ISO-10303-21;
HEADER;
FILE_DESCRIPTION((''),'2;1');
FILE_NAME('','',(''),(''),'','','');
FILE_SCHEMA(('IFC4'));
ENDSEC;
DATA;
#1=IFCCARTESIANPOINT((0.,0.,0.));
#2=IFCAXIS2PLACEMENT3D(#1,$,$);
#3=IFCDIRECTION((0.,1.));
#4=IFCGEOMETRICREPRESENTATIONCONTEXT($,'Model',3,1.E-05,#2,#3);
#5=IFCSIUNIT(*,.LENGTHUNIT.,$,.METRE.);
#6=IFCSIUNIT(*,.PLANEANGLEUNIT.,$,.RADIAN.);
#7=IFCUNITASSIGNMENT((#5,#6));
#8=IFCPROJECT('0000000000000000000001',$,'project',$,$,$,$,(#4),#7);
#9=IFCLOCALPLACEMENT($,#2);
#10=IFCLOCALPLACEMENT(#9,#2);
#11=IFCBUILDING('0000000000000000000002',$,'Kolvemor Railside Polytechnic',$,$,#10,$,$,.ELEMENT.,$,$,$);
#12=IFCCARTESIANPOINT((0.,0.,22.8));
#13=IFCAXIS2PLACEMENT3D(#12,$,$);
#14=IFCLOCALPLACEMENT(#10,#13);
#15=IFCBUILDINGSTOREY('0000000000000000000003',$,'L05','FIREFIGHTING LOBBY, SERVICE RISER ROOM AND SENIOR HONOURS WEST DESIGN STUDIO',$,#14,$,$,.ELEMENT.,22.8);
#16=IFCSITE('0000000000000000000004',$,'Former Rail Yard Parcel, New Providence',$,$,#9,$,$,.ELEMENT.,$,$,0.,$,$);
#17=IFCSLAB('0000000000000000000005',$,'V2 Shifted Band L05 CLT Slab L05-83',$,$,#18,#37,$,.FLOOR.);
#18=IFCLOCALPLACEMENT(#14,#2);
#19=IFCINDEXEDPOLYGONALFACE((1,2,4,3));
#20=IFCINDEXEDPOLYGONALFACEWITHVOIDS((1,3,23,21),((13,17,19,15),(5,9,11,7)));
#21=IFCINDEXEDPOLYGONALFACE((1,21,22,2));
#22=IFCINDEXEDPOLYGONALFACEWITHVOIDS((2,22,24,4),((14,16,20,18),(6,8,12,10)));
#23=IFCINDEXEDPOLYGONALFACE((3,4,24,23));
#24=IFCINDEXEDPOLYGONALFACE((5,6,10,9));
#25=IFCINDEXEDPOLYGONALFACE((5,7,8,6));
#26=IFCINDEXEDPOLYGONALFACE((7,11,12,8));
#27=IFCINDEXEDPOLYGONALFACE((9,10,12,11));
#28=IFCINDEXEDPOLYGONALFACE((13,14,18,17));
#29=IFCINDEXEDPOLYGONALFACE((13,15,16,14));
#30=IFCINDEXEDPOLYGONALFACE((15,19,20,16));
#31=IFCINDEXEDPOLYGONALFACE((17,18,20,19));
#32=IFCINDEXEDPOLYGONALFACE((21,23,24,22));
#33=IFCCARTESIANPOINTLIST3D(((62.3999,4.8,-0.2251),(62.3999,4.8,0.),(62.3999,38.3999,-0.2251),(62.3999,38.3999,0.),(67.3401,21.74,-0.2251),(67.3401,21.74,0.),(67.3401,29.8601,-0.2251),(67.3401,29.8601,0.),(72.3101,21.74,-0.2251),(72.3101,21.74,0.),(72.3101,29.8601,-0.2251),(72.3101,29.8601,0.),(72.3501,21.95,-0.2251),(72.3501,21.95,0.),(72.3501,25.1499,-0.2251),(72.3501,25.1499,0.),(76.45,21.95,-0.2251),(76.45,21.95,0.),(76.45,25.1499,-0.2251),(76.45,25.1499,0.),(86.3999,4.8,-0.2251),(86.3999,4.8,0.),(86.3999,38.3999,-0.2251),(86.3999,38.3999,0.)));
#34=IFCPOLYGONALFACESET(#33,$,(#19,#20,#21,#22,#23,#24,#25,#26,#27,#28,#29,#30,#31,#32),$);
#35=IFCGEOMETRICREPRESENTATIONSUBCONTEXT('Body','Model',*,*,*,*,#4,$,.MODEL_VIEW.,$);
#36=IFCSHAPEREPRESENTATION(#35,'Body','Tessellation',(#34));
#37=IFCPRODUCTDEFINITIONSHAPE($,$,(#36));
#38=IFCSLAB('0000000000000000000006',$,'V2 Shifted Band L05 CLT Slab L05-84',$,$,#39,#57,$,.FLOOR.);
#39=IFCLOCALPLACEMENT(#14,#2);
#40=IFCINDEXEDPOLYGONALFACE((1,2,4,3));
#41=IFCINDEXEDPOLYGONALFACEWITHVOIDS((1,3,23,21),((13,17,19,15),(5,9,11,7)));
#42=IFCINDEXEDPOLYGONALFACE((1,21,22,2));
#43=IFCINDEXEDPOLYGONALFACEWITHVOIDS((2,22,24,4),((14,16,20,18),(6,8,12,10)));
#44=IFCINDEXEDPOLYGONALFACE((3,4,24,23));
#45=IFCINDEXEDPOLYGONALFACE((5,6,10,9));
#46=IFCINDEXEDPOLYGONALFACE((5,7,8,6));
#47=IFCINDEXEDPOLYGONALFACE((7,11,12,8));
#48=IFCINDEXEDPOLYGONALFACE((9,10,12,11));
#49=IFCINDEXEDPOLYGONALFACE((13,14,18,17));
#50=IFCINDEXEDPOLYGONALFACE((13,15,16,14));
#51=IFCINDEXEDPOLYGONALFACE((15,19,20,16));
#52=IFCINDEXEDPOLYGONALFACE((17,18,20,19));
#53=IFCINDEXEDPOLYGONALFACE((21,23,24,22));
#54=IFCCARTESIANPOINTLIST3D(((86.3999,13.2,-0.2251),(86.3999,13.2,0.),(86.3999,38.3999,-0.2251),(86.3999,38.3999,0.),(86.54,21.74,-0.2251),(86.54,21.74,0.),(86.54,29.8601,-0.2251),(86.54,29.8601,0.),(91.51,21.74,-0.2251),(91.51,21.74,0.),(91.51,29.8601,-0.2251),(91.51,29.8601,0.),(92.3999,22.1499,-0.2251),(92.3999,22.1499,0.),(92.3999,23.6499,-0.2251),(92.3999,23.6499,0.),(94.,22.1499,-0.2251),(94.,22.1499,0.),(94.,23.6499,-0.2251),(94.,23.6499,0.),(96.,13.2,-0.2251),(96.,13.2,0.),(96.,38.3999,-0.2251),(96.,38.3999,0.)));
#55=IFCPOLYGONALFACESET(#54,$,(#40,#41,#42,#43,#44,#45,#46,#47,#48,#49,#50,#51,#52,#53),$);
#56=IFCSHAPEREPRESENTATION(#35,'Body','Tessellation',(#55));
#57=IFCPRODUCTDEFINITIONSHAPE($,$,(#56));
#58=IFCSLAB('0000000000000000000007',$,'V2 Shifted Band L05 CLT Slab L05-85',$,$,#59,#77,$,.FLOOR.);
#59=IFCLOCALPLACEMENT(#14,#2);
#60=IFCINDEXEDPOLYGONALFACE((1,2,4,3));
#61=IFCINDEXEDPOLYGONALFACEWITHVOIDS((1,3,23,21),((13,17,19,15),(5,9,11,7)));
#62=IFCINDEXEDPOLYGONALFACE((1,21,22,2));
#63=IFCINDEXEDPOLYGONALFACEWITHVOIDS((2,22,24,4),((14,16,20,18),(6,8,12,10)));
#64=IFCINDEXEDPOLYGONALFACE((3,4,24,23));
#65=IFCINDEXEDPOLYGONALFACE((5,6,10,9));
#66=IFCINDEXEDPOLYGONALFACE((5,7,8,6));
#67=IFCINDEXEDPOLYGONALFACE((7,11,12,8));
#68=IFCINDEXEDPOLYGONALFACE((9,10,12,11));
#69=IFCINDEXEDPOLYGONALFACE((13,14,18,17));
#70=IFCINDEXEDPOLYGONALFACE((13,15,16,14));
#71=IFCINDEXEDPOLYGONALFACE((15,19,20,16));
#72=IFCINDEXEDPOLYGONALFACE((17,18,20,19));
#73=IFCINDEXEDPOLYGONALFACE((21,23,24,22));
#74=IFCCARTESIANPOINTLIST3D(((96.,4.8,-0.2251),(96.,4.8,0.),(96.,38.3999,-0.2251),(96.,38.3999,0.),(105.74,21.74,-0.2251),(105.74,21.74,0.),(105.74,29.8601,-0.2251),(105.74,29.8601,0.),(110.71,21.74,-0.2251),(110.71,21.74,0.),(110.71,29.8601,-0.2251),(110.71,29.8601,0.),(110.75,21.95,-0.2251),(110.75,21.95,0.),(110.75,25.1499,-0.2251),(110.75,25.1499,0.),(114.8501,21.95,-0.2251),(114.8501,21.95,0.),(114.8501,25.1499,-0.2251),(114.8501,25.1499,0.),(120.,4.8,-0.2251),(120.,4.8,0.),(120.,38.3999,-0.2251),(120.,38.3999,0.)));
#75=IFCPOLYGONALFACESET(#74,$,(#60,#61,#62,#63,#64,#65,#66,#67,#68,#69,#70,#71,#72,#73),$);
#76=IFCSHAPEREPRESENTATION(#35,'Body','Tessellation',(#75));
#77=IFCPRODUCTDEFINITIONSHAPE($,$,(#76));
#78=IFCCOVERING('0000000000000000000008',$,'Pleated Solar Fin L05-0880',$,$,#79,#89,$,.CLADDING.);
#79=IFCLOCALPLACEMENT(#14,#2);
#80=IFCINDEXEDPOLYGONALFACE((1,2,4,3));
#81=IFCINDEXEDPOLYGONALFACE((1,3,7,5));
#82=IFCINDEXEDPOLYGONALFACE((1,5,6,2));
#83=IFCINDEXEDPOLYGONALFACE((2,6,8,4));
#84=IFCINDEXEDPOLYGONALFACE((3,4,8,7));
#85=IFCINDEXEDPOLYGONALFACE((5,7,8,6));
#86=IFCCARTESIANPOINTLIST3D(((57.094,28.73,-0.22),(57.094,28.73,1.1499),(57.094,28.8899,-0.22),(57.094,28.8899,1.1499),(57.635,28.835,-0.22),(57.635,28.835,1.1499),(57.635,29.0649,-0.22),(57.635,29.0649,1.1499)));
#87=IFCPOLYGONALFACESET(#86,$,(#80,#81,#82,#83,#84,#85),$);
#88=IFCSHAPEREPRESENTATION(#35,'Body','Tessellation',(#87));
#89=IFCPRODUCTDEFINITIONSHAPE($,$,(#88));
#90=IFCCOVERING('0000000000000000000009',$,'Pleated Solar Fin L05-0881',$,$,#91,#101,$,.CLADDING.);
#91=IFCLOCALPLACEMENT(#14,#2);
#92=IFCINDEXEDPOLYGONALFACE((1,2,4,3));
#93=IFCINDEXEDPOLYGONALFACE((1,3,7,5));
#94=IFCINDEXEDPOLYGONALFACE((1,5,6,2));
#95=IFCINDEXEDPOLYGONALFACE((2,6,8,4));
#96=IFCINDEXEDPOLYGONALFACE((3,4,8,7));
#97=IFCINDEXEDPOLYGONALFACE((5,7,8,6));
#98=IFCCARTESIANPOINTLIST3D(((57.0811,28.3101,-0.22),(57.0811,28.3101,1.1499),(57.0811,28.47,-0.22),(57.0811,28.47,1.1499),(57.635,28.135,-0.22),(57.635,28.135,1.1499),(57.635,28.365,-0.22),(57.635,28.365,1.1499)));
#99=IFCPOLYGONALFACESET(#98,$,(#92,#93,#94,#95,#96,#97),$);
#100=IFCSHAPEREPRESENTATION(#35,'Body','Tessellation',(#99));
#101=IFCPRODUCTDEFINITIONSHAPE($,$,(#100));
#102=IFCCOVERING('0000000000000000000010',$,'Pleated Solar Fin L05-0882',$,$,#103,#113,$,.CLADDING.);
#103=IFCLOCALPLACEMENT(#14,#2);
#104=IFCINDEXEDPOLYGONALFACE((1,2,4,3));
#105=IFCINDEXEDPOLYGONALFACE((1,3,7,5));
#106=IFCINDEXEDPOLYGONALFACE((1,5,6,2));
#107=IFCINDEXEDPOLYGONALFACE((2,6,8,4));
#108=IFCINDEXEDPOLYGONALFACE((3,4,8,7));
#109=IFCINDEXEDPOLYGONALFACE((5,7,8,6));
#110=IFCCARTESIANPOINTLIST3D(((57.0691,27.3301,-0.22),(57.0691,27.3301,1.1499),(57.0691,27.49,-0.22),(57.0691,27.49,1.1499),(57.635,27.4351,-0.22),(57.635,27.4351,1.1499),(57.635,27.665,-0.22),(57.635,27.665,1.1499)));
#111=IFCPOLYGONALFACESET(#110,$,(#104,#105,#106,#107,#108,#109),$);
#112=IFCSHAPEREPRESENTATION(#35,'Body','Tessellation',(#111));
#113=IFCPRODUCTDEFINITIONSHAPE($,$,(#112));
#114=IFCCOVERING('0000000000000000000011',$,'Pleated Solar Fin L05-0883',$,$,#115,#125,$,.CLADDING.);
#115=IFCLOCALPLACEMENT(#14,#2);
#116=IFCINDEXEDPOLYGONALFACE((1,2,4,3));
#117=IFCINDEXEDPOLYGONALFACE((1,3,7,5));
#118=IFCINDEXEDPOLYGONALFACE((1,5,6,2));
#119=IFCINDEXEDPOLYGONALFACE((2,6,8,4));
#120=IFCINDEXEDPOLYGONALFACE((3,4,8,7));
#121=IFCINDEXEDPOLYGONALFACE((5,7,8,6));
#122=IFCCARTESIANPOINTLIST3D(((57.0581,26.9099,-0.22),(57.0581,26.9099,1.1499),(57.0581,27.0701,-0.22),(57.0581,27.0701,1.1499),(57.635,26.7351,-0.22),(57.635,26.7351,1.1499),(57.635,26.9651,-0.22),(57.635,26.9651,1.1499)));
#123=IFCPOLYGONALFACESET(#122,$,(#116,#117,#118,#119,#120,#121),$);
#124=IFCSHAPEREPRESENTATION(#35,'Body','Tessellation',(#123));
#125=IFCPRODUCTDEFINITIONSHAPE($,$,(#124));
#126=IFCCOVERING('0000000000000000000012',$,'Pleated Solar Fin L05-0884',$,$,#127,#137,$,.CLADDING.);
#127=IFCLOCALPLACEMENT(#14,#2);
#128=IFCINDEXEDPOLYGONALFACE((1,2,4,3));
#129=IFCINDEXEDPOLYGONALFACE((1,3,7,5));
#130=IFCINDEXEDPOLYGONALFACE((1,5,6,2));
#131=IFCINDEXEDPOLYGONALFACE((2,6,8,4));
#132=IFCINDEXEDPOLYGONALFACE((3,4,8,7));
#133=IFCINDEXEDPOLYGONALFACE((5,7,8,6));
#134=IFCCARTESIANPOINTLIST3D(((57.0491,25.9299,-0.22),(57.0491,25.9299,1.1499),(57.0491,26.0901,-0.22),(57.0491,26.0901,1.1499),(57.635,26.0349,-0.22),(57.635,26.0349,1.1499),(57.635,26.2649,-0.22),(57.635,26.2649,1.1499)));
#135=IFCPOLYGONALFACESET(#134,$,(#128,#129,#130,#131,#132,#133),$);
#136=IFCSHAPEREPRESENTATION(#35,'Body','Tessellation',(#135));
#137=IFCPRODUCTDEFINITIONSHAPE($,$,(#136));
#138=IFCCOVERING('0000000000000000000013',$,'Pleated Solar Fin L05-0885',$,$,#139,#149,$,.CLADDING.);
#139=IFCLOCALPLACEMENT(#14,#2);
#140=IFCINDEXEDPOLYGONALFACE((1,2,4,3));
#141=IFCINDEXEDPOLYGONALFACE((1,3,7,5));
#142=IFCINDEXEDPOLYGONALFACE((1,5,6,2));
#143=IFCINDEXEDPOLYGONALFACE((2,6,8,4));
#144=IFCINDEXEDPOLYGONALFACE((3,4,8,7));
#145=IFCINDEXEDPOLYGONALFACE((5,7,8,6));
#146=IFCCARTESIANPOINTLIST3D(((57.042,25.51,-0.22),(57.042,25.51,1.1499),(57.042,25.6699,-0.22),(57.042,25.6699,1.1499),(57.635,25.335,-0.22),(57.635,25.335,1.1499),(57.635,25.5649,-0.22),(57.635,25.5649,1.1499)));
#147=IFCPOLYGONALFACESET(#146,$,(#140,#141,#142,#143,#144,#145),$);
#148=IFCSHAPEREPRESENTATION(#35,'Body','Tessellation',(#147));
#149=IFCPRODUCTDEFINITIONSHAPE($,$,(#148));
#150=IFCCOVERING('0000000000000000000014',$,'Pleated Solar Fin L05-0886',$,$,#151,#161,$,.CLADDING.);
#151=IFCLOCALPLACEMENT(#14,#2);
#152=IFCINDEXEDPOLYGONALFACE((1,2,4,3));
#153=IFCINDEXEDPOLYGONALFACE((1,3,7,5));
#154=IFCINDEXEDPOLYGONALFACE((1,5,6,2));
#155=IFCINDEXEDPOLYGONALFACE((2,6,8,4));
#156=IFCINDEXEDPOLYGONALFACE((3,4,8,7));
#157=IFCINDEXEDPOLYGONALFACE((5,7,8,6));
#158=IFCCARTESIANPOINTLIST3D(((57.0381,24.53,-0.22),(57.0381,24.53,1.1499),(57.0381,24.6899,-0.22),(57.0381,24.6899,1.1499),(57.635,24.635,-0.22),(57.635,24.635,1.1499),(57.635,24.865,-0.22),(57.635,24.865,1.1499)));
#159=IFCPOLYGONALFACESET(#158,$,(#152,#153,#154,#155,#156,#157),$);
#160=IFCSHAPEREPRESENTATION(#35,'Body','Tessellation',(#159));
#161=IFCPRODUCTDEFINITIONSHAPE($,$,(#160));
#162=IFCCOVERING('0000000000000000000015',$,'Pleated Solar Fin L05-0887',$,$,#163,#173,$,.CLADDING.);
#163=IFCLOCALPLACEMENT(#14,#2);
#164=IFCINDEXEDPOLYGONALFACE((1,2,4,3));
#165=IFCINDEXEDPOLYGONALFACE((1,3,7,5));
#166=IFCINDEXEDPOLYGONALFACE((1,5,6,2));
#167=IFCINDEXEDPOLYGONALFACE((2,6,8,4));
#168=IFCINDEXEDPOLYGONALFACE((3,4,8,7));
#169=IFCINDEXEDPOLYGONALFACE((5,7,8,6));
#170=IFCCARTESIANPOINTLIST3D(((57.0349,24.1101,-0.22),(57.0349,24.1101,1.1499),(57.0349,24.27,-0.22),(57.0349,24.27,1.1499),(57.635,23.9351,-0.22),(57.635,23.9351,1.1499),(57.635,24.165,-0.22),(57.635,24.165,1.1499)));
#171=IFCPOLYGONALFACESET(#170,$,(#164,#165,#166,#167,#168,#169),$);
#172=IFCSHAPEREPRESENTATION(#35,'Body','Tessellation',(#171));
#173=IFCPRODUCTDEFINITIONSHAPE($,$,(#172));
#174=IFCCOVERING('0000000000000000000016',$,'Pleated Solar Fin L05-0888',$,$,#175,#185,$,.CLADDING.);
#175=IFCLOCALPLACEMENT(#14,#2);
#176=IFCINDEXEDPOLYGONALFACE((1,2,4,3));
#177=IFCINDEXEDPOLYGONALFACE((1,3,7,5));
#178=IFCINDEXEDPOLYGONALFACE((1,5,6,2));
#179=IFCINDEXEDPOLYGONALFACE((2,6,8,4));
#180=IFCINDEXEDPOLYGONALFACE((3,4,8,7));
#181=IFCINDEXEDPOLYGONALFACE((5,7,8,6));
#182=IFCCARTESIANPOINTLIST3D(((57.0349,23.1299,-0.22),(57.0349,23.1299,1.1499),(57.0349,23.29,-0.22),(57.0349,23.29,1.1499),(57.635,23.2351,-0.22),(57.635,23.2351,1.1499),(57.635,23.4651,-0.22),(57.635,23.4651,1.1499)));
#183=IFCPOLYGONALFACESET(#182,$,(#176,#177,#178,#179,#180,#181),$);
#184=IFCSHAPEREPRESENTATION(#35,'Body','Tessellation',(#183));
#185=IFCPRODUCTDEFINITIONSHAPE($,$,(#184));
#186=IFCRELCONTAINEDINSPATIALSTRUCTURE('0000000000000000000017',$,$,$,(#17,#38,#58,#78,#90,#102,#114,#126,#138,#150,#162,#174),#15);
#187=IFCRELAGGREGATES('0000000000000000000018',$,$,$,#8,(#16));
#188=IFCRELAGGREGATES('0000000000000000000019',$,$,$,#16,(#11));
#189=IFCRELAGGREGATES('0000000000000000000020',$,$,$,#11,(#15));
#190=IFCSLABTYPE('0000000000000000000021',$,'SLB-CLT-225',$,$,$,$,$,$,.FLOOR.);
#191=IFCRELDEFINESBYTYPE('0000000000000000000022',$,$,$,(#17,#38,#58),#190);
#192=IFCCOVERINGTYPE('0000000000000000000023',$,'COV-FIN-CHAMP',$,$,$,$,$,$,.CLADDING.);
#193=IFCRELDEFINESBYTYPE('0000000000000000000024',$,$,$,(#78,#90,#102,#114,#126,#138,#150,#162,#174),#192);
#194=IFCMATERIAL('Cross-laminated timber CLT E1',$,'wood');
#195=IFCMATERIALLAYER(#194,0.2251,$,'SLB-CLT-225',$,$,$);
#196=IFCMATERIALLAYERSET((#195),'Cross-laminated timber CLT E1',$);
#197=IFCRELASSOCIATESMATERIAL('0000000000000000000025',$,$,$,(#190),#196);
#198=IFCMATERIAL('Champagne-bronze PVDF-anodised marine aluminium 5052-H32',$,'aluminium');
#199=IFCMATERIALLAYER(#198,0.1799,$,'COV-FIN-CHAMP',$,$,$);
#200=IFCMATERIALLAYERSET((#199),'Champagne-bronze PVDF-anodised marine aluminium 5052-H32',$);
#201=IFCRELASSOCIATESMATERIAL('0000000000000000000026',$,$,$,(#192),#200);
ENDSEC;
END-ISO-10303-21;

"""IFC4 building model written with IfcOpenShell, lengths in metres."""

from ifc_helpers import new_model, si_unit, direction, frame, origin, place, context, subcontext, project, spatial, polyline, outline, extrude, material, layer, layer_set, type_object, element, save


model = new_model("IFC4")

# Units and contexts
model_context = context("Model", 3, precision=1e-05, world=origin(), true_north=direction((0.0, 1.0)))
body_context = subcontext(model_context, "Body", "Model", "MODEL_VIEW")
ifc_project = project(units=[si_unit("LENGTHUNIT", "METRE"), si_unit("PLANEANGLEUNIT", "RADIAN")], contexts=[model_context])

# Site, building, storey
site_placement = place(None, origin())
site = spatial("IfcSite", under=ifc_project, at=site_placement, Name="Former Rail Yard Parcel, New Providence", CompositionType="ELEMENT", RefElevation=0.0)
building_placement = place(site_placement, origin())
building = spatial("IfcBuilding", under=site, at=building_placement, Name="Kolvemor Railside Polytechnic", CompositionType="ELEMENT")
storey_placement = place(building_placement, frame((0.0, 0.0, 22.8)))
storey = spatial("IfcBuildingStorey", under=building, at=storey_placement, Name="L05", Description="FIREFIGHTING LOBBY, SERVICE RISER ROOM AND SENIOR HONOURS WEST DESIGN STUDIO", CompositionType="ELEMENT", Elevation=22.8)

# Slabs
ifc_material_1 = material(Name="Cross-laminated timber CLT E1", Category="wood")
ifc_layer_1 = layer(ifc_material_1, 0.2251, Name="SLB-CLT-225")
ifc_layer_set_1 = layer_set([ifc_layer_1], Name="Cross-laminated timber CLT E1")
slab_type = type_object("IfcSlabType", Name="SLB-CLT-225", PredefinedType="FLOOR", material=ifc_layer_set_1)
slab_1_placement = place(storey_placement, frame((0.0, 0.0, -0.2251)))
element("IfcSlab", 1, at=slab_1_placement, inside=storey, type_object=slab_type, Name="V2 Shifted Band L05 CLT Slab L05-83", PredefinedType="FLOOR", context=body_context, shape_type="SweptSolid", body=[
    extrude(outline(polyline([(62.3999, 4.8), (86.3999, 4.8), (86.3999, 38.3999), (62.3999, 38.3999), (62.3999, 4.8)]), holes=[polyline([(67.3401, 21.74), (72.3101, 21.74), (72.3101, 29.8601), (67.3401, 29.8601), (67.3401, 21.74)]), polyline([(72.3501, 21.95), (76.45, 21.95), (76.45, 25.1499), (72.3501, 25.1499), (72.3501, 21.95)])]), origin(), (0.0, 0.0, 1.0), 0.2251),
])
slab_2_placement = place(storey_placement, frame((0.0, 0.0, -0.2251)))
element("IfcSlab", 2, at=slab_2_placement, inside=storey, type_object=slab_type, Name="V2 Shifted Band L05 CLT Slab L05-84", PredefinedType="FLOOR", context=body_context, shape_type="SweptSolid", body=[
    extrude(outline(polyline([(86.3999, 13.2), (96.0, 13.2), (96.0, 38.3999), (86.3999, 38.3999), (86.3999, 13.2)]), holes=[polyline([(86.54, 21.74), (91.51, 21.74), (91.51, 29.8601), (86.54, 29.8601), (86.54, 21.74)]), polyline([(92.3999, 22.1499), (94.0, 22.1499), (94.0, 23.6499), (92.3999, 23.6499), (92.3999, 22.1499)])]), origin(), (0.0, 0.0, 1.0), 0.2251),
])
slab_3_placement = place(storey_placement, frame((0.0, 0.0, -0.2251)))
element("IfcSlab", 3, at=slab_3_placement, inside=storey, type_object=slab_type, Name="V2 Shifted Band L05 CLT Slab L05-85", PredefinedType="FLOOR", context=body_context, shape_type="SweptSolid", body=[
    extrude(outline(polyline([(96.0, 4.8), (120.0, 4.8), (120.0, 38.3999), (96.0, 38.3999), (96.0, 4.8)]), holes=[polyline([(105.74, 21.74), (110.71, 21.74), (110.71, 29.8601), (105.74, 29.8601), (105.74, 21.74)]), polyline([(110.75, 21.95), (114.8501, 21.95), (114.8501, 25.1499), (110.75, 25.1499), (110.75, 21.95)])]), origin(), (0.0, 0.0, 1.0), 0.2251),
])

# Coverings
ifc_material_2 = material(Name="Champagne-bronze PVDF-anodised marine aluminium 5052-H32", Category="aluminium")
ifc_layer_2 = layer(ifc_material_2, 0.1799, Name="COV-FIN-CHAMP")
ifc_layer_set_2 = layer_set([ifc_layer_2], Name="Champagne-bronze PVDF-anodised marine aluminium 5052-H32")
covering_type_1 = type_object("IfcCoveringType", Name="COV-FIN-CHAMP", PredefinedType="CLADDING", material=ifc_layer_set_2)
covering_1_placement = place(storey_placement, frame((0.0, 0.0, -0.22)))
element("IfcCovering", 4, at=covering_1_placement, inside=storey, type_object=covering_type_1, Name="Pleated Solar Fin L05-0880", PredefinedType="CLADDING", context=body_context, shape_type="SweptSolid", body=[
    extrude(outline(polyline([(57.635, 29.0649), (57.635, 28.835), (57.094, 28.73), (57.094, 28.8899), (57.635, 29.0649)])), origin(), (0.0, 0.0, 1.0), 1.3699),
])
covering_2_placement = place(storey_placement, frame((0.0, 0.0, -0.22)))
element("IfcCovering", 5, at=covering_2_placement, inside=storey, type_object=covering_type_1, Name="Pleated Solar Fin L05-0881", PredefinedType="CLADDING", context=body_context, shape_type="SweptSolid", body=[
    extrude(outline(polyline([(57.635, 28.365), (57.635, 28.135), (57.0811, 28.3101), (57.0811, 28.47), (57.635, 28.365)])), origin(), (0.0, 0.0, 1.0), 1.3699),
])
covering_3_placement = place(storey_placement, frame((0.0, 0.0, -0.22)))
element("IfcCovering", 6, at=covering_3_placement, inside=storey, type_object=covering_type_1, Name="Pleated Solar Fin L05-0882", PredefinedType="CLADDING", context=body_context, shape_type="SweptSolid", body=[
    extrude(outline(polyline([(57.635, 27.665), (57.635, 27.4351), (57.0691, 27.3301), (57.0691, 27.49), (57.635, 27.665)])), origin(), (0.0, 0.0, 1.0), 1.3699),
])
covering_4_placement = place(storey_placement, frame((0.0, 0.0, -0.22)))
element("IfcCovering", 7, at=covering_4_placement, inside=storey, type_object=covering_type_1, Name="Pleated Solar Fin L05-0883", PredefinedType="CLADDING", context=body_context, shape_type="SweptSolid", body=[
    extrude(outline(polyline([(57.635, 26.9651), (57.635, 26.7351), (57.0581, 26.9099), (57.0581, 27.0701), (57.635, 26.9651)])), origin(), (0.0, 0.0, 1.0), 1.3699),
])
covering_5_placement = place(storey_placement, frame((0.0, 0.0, -0.22)))
element("IfcCovering", 8, at=covering_5_placement, inside=storey, type_object=covering_type_1, Name="Pleated Solar Fin L05-0884", PredefinedType="CLADDING", context=body_context, shape_type="SweptSolid", body=[
    extrude(outline(polyline([(57.635, 26.2649), (57.635, 26.0349), (57.0491, 25.9299), (57.0491, 26.0901), (57.635, 26.2649)])), origin(), (0.0, 0.0, 1.0), 1.3699),
])
covering_6_placement = place(storey_placement, frame((0.0, 0.0, -0.22)))
element("IfcCovering", 9, at=covering_6_placement, inside=storey, type_object=covering_type_1, Name="Pleated Solar Fin L05-0885", PredefinedType="CLADDING", context=body_context, shape_type="SweptSolid", body=[
    extrude(outline(polyline([(57.635, 25.5649), (57.635, 25.335), (57.042, 25.51), (57.042, 25.6699), (57.635, 25.5649)])), origin(), (0.0, 0.0, 1.0), 1.3699),
])
covering_7_placement = place(storey_placement, frame((0.0, 0.0, -0.22)))
element("IfcCovering", 10, at=covering_7_placement, inside=storey, type_object=covering_type_1, Name="Pleated Solar Fin L05-0886", PredefinedType="CLADDING", context=body_context, shape_type="SweptSolid", body=[
    extrude(outline(polyline([(57.635, 24.865), (57.635, 24.635), (57.0381, 24.53), (57.0381, 24.6899), (57.635, 24.865)])), origin(), (0.0, 0.0, 1.0), 1.3699),
])
covering_8_placement = place(storey_placement, frame((0.0, 0.0, -0.22)))
element("IfcCovering", 11, at=covering_8_placement, inside=storey, type_object=covering_type_1, Name="Pleated Solar Fin L05-0887", PredefinedType="CLADDING", context=body_context, shape_type="SweptSolid", body=[
    extrude(outline(polyline([(57.635, 24.165), (57.635, 23.9351), (57.0349, 24.1101), (57.0349, 24.27), (57.635, 24.165)])), origin(), (0.0, 0.0, 1.0), 1.3699),
])
covering_9_placement = place(storey_placement, frame((0.0, 0.0, -0.22)))
element("IfcCovering", 12, at=covering_9_placement, inside=storey, type_object=covering_type_1, Name="Pleated Solar Fin L05-0888", PredefinedType="CLADDING", context=body_context, shape_type="SweptSolid", body=[
    extrude(outline(polyline([(57.635, 23.4651), (57.635, 23.2351), (57.0349, 23.1299), (57.0349, 23.29), (57.635, 23.4651)])), origin(), (0.0, 0.0, 1.0), 1.3699),
])

save(model, "model.ifc")
